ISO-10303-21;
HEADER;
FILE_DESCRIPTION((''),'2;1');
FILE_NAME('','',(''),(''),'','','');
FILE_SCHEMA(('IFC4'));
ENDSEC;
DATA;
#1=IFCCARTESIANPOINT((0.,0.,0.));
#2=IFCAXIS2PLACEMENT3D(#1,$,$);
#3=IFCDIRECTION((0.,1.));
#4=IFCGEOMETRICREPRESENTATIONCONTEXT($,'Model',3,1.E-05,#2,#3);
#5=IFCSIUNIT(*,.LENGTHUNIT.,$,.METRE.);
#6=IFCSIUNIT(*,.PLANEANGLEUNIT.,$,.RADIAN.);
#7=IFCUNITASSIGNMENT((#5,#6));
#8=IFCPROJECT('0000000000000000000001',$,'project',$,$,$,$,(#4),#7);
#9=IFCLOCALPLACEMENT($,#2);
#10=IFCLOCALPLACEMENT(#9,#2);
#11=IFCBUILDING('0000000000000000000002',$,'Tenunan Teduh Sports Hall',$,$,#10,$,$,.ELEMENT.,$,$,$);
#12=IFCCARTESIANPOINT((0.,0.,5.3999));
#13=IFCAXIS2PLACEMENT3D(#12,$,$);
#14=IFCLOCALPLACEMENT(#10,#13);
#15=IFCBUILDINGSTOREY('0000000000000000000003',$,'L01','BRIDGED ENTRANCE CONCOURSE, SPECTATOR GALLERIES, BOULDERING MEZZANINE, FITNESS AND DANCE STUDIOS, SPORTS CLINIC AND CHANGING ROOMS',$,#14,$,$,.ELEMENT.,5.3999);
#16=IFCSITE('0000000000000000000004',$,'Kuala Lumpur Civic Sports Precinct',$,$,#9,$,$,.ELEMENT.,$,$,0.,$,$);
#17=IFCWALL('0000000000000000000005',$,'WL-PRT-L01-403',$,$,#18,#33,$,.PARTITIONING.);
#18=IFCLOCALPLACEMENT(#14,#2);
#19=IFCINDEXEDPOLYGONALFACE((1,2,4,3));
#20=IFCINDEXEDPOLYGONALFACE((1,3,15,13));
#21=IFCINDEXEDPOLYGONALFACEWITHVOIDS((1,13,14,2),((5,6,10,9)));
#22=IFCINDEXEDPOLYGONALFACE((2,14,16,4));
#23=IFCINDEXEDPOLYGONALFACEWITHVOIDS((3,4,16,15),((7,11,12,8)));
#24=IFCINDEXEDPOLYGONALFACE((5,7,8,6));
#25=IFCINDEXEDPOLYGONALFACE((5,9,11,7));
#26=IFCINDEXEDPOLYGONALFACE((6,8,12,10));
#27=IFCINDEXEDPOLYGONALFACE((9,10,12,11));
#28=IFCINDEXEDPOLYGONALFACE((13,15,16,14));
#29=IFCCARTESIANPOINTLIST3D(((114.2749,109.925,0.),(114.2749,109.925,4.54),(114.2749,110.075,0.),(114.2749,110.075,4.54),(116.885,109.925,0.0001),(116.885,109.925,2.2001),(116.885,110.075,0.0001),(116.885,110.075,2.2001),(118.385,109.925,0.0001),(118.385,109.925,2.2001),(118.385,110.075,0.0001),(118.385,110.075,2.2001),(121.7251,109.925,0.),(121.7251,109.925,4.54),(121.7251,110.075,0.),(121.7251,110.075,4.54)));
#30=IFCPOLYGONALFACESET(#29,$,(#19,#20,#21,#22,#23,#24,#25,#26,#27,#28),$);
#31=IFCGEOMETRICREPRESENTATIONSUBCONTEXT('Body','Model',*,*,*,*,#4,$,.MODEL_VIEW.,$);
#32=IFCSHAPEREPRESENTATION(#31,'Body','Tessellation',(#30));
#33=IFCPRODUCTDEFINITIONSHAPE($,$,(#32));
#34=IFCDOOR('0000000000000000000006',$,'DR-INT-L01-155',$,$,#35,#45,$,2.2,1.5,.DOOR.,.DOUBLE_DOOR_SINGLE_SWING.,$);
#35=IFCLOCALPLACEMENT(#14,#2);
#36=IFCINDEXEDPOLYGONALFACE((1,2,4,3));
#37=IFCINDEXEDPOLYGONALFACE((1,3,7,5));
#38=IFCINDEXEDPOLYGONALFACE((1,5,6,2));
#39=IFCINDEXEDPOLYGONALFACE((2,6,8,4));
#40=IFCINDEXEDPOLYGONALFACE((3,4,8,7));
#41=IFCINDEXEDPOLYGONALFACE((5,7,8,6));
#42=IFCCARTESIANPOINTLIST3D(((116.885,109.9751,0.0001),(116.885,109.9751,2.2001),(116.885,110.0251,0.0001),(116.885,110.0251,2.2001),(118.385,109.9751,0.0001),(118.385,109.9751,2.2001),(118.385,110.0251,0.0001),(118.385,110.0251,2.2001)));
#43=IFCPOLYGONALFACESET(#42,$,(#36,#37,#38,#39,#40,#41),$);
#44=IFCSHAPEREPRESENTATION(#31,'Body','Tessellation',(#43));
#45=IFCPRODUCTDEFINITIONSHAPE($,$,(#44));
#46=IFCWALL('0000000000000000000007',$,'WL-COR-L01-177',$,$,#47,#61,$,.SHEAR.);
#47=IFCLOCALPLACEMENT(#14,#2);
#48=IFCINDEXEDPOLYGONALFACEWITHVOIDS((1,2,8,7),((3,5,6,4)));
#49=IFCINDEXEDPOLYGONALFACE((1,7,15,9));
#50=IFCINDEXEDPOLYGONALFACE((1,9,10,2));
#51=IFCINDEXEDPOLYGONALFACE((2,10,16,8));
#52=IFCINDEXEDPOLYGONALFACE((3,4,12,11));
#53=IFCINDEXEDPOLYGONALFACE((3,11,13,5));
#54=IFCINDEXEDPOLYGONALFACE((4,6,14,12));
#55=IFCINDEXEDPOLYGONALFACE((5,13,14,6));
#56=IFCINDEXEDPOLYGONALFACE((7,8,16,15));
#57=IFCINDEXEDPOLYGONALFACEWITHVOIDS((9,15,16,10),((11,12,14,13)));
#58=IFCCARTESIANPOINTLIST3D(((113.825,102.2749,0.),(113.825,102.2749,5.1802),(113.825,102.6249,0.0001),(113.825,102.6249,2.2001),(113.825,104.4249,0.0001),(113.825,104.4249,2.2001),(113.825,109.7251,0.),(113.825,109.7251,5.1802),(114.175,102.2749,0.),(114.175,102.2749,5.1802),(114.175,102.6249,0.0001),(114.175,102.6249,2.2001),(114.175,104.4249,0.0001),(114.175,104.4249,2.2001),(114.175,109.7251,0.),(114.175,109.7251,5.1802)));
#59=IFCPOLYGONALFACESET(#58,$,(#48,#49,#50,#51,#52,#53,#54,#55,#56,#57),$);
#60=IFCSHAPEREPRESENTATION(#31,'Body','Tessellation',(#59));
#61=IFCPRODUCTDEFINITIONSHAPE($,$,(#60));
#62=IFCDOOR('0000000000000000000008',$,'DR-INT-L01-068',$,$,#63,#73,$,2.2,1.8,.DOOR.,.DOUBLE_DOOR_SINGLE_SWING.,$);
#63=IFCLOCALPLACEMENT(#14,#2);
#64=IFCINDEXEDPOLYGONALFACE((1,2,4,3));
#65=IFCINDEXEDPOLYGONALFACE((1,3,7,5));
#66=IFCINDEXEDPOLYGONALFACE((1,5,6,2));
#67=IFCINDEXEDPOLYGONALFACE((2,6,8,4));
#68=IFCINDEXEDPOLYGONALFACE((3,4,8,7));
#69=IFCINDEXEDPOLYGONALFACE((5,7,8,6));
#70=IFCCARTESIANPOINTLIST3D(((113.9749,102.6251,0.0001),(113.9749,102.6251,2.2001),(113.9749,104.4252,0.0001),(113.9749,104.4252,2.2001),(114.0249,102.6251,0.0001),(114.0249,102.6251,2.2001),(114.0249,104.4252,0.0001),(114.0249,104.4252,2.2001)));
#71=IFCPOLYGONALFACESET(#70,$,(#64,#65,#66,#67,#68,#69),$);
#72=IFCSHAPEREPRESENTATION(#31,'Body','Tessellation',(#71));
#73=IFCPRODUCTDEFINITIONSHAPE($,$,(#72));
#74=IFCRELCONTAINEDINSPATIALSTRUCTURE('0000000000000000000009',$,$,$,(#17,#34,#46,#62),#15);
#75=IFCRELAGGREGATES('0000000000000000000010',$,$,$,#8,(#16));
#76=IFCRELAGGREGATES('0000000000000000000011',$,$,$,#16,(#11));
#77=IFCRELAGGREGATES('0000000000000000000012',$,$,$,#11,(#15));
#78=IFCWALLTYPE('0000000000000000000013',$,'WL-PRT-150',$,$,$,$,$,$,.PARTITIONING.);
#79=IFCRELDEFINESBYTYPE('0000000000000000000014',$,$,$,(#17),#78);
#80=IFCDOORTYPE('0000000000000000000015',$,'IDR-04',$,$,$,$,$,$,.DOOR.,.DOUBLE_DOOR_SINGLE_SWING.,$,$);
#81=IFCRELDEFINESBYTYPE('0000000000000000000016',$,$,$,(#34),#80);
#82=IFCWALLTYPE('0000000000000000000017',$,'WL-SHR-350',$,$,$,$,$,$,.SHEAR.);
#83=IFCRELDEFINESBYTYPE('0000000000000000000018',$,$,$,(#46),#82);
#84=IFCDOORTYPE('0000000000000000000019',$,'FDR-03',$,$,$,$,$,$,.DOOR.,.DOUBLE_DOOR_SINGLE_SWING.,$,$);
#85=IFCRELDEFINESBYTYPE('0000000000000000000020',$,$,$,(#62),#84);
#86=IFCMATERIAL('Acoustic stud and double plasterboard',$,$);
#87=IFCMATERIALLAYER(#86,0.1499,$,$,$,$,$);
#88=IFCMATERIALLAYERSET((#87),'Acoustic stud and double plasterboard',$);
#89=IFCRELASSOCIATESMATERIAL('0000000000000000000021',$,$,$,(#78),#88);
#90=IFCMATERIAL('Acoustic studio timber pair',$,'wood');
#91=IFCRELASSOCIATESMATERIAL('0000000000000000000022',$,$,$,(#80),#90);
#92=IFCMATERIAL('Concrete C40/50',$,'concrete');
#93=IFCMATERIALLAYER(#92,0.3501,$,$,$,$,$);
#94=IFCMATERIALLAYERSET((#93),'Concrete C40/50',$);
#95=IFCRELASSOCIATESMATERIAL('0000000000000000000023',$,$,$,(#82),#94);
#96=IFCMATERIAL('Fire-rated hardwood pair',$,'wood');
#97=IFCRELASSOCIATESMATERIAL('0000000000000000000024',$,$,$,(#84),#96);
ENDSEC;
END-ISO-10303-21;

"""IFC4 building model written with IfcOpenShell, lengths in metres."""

from ifc_helpers import new_model, si_unit, direction, frame, frame_2d, origin, place, context, subcontext, project, spatial, rectangle, extrude, material, layer, layer_set, type_object, element, fill, save


model = new_model("IFC4")

# Units and contexts
model_context = context("Model", 3, precision=1e-05, world=origin(), true_north=direction((0.0, 1.0)))
body_context = subcontext(model_context, "Body", "Model", "MODEL_VIEW")
ifc_project = project(units=[si_unit("LENGTHUNIT", "METRE"), si_unit("PLANEANGLEUNIT", "RADIAN")], contexts=[model_context])

# Site, building, storey
site_placement = place(None, origin())
site = spatial("IfcSite", under=ifc_project, at=site_placement, Name="Kuala Lumpur Civic Sports Precinct", CompositionType="ELEMENT", RefElevation=0.0)
building_placement = place(site_placement, origin())
building = spatial("IfcBuilding", under=site, at=building_placement, Name="Tenunan Teduh Sports Hall", CompositionType="ELEMENT")
storey_placement = place(building_placement, frame((0.0, 0.0, 5.3999)))
storey = spatial("IfcBuildingStorey", under=building, at=storey_placement, Name="L01", Description="BRIDGED ENTRANCE CONCOURSE, SPECTATOR GALLERIES, BOULDERING MEZZANINE, FITNESS AND DANCE STUDIOS, SPORTS CLINIC AND CHANGING ROOMS", CompositionType="ELEMENT", Elevation=5.3999)

# Walls, openings, doors
ifc_material_1 = material(Name="Acoustic stud and double plasterboard")
ifc_layer_1 = layer(ifc_material_1, 0.1499)
ifc_layer_set_1 = layer_set([ifc_layer_1], Name="Acoustic stud and double plasterboard")
wall_type_1 = type_object("IfcWallType", Name="WL-PRT-150", PredefinedType="PARTITIONING", material=ifc_layer_set_1)
wall_1_placement = place(storey_placement, frame((114.2749, 110.0, 0.0), z_axis=(0.0, 0.0, 1.0), x_axis=(1.0, 0.0, 0.0)))
wall_1 = element("IfcWall", 1, at=wall_1_placement, inside=storey, type_object=wall_type_1, Name="WL-PRT-L01-403", PredefinedType="PARTITIONING", context=body_context, shape_type="SweptSolid", body=[
    extrude(rectangle(XDim=7.4502, YDim=0.1499, at=frame_2d((3.7251, 0.0))), origin(), (0.0, 0.0, 1.0), 4.54),
])
opening_1_placement = place(wall_1_placement, frame((2.6101, 0.0, 0.0)))
opening_1 = element("IfcOpeningElement", 2, at=opening_1_placement, cuts=wall_1, PredefinedType="OPENING", context=body_context, shape_type="SweptSolid", body=[
    extrude(rectangle(XDim=1.5, YDim=2.2, at=frame_2d((0.75, 1.1001))), frame((0.0, 0.085, 0.0), z_axis=(0.0, -1.0, 0.0), x_axis=(1.0, 0.0, 0.0)), (0.0, 0.0, 1.0), 0.1699),
])
ifc_material_2 = material(Name="Acoustic studio timber pair", Category="wood")
door_type_1 = type_object("IfcDoorType", Name="IDR-04", OperationType="DOUBLE_DOOR_SINGLE_SWING", PredefinedType="DOOR", material=ifc_material_2)
door_1_placement = place(opening_1_placement, frame((1.5, 0.0, 0.0), z_axis=(0.0, 0.0, 1.0), x_axis=(-1.0, 0.0, 0.0)))
door_1 = element("IfcDoor", 3, at=door_1_placement, inside=storey, type_object=door_type_1, Name="DR-INT-L01-155", OperationType="DOUBLE_DOOR_SINGLE_SWING", OverallHeight=2.2, OverallWidth=1.5, PredefinedType="DOOR", context=body_context, shape_type="SweptSolid", body=[
    extrude(rectangle(XDim=1.5, YDim=2.2, at=frame_2d((0.75, 1.1001))), frame((0.0, 0.0249, 0.0), z_axis=(0.0, -1.0, 0.0), x_axis=(1.0, 0.0, 0.0)), (0.0, 0.0, 1.0), 0.05),
])
fill(opening_1, door_1)
ifc_material_3 = material(Name="Concrete C40/50", Category="concrete")
ifc_layer_2 = layer(ifc_material_3, 0.3501)
ifc_layer_set_2 = layer_set([ifc_layer_2], Name="Concrete C40/50")
wall_type_2 = type_object("IfcWallType", Name="WL-SHR-350", PredefinedType="SHEAR", material=ifc_layer_set_2)
wall_2_placement = place(storey_placement, frame((114.0, 102.2749, 0.0), z_axis=(0.0, 0.0, 1.0), x_axis=(0.0, 1.0, 0.0)))
wall_2 = element("IfcWall", 4, at=wall_2_placement, inside=storey, type_object=wall_type_2, Name="WL-COR-L01-177", PredefinedType="SHEAR", context=body_context, shape_type="SweptSolid", body=[
    extrude(rectangle(XDim=7.4502, YDim=0.3501, at=frame_2d((3.7251, 0.0))), origin(), (0.0, 0.0, 1.0), 5.1802),
])
opening_2_placement = place(wall_2_placement, frame((0.3501, 0.0, 0.0)))
opening_2 = element("IfcOpeningElement", 5, at=opening_2_placement, cuts=wall_2, PredefinedType="OPENING", context=body_context, shape_type="SweptSolid", body=[
    extrude(rectangle(XDim=1.8, YDim=2.2, at=frame_2d((0.8999, 1.1001))), frame((0.0, 0.1851, 0.0), z_axis=(0.0, -1.0, 0.0), x_axis=(1.0, 0.0, 0.0)), (0.0, 0.0, 1.0), 0.3701),
])
ifc_material_4 = material(Name="Fire-rated hardwood pair", Category="wood")
door_type_2 = type_object("IfcDoorType", Name="FDR-03", OperationType="DOUBLE_DOOR_SINGLE_SWING", PredefinedType="DOOR", material=ifc_material_4)
door_2_placement = place(opening_2_placement, frame((1.8, 0.0, 0.0), z_axis=(0.0, 0.0, 1.0), x_axis=(-1.0, 0.0, 0.0)))
door_2 = element("IfcDoor", 6, at=door_2_placement, inside=storey, type_object=door_type_2, Name="DR-INT-L01-068", OperationType="DOUBLE_DOOR_SINGLE_SWING", OverallHeight=2.2, OverallWidth=1.8, PredefinedType="DOOR", context=body_context, shape_type="SweptSolid", body=[
    extrude(rectangle(XDim=1.8, YDim=2.2, at=frame_2d((0.8999, 1.1001))), frame((0.0, 0.0249, 0.0), z_axis=(0.0, -1.0, 0.0), x_axis=(1.0, 0.0, 0.0)), (0.0, 0.0, 1.0), 0.05),
])
fill(opening_2, door_2)

save(model, "model.ifc")
